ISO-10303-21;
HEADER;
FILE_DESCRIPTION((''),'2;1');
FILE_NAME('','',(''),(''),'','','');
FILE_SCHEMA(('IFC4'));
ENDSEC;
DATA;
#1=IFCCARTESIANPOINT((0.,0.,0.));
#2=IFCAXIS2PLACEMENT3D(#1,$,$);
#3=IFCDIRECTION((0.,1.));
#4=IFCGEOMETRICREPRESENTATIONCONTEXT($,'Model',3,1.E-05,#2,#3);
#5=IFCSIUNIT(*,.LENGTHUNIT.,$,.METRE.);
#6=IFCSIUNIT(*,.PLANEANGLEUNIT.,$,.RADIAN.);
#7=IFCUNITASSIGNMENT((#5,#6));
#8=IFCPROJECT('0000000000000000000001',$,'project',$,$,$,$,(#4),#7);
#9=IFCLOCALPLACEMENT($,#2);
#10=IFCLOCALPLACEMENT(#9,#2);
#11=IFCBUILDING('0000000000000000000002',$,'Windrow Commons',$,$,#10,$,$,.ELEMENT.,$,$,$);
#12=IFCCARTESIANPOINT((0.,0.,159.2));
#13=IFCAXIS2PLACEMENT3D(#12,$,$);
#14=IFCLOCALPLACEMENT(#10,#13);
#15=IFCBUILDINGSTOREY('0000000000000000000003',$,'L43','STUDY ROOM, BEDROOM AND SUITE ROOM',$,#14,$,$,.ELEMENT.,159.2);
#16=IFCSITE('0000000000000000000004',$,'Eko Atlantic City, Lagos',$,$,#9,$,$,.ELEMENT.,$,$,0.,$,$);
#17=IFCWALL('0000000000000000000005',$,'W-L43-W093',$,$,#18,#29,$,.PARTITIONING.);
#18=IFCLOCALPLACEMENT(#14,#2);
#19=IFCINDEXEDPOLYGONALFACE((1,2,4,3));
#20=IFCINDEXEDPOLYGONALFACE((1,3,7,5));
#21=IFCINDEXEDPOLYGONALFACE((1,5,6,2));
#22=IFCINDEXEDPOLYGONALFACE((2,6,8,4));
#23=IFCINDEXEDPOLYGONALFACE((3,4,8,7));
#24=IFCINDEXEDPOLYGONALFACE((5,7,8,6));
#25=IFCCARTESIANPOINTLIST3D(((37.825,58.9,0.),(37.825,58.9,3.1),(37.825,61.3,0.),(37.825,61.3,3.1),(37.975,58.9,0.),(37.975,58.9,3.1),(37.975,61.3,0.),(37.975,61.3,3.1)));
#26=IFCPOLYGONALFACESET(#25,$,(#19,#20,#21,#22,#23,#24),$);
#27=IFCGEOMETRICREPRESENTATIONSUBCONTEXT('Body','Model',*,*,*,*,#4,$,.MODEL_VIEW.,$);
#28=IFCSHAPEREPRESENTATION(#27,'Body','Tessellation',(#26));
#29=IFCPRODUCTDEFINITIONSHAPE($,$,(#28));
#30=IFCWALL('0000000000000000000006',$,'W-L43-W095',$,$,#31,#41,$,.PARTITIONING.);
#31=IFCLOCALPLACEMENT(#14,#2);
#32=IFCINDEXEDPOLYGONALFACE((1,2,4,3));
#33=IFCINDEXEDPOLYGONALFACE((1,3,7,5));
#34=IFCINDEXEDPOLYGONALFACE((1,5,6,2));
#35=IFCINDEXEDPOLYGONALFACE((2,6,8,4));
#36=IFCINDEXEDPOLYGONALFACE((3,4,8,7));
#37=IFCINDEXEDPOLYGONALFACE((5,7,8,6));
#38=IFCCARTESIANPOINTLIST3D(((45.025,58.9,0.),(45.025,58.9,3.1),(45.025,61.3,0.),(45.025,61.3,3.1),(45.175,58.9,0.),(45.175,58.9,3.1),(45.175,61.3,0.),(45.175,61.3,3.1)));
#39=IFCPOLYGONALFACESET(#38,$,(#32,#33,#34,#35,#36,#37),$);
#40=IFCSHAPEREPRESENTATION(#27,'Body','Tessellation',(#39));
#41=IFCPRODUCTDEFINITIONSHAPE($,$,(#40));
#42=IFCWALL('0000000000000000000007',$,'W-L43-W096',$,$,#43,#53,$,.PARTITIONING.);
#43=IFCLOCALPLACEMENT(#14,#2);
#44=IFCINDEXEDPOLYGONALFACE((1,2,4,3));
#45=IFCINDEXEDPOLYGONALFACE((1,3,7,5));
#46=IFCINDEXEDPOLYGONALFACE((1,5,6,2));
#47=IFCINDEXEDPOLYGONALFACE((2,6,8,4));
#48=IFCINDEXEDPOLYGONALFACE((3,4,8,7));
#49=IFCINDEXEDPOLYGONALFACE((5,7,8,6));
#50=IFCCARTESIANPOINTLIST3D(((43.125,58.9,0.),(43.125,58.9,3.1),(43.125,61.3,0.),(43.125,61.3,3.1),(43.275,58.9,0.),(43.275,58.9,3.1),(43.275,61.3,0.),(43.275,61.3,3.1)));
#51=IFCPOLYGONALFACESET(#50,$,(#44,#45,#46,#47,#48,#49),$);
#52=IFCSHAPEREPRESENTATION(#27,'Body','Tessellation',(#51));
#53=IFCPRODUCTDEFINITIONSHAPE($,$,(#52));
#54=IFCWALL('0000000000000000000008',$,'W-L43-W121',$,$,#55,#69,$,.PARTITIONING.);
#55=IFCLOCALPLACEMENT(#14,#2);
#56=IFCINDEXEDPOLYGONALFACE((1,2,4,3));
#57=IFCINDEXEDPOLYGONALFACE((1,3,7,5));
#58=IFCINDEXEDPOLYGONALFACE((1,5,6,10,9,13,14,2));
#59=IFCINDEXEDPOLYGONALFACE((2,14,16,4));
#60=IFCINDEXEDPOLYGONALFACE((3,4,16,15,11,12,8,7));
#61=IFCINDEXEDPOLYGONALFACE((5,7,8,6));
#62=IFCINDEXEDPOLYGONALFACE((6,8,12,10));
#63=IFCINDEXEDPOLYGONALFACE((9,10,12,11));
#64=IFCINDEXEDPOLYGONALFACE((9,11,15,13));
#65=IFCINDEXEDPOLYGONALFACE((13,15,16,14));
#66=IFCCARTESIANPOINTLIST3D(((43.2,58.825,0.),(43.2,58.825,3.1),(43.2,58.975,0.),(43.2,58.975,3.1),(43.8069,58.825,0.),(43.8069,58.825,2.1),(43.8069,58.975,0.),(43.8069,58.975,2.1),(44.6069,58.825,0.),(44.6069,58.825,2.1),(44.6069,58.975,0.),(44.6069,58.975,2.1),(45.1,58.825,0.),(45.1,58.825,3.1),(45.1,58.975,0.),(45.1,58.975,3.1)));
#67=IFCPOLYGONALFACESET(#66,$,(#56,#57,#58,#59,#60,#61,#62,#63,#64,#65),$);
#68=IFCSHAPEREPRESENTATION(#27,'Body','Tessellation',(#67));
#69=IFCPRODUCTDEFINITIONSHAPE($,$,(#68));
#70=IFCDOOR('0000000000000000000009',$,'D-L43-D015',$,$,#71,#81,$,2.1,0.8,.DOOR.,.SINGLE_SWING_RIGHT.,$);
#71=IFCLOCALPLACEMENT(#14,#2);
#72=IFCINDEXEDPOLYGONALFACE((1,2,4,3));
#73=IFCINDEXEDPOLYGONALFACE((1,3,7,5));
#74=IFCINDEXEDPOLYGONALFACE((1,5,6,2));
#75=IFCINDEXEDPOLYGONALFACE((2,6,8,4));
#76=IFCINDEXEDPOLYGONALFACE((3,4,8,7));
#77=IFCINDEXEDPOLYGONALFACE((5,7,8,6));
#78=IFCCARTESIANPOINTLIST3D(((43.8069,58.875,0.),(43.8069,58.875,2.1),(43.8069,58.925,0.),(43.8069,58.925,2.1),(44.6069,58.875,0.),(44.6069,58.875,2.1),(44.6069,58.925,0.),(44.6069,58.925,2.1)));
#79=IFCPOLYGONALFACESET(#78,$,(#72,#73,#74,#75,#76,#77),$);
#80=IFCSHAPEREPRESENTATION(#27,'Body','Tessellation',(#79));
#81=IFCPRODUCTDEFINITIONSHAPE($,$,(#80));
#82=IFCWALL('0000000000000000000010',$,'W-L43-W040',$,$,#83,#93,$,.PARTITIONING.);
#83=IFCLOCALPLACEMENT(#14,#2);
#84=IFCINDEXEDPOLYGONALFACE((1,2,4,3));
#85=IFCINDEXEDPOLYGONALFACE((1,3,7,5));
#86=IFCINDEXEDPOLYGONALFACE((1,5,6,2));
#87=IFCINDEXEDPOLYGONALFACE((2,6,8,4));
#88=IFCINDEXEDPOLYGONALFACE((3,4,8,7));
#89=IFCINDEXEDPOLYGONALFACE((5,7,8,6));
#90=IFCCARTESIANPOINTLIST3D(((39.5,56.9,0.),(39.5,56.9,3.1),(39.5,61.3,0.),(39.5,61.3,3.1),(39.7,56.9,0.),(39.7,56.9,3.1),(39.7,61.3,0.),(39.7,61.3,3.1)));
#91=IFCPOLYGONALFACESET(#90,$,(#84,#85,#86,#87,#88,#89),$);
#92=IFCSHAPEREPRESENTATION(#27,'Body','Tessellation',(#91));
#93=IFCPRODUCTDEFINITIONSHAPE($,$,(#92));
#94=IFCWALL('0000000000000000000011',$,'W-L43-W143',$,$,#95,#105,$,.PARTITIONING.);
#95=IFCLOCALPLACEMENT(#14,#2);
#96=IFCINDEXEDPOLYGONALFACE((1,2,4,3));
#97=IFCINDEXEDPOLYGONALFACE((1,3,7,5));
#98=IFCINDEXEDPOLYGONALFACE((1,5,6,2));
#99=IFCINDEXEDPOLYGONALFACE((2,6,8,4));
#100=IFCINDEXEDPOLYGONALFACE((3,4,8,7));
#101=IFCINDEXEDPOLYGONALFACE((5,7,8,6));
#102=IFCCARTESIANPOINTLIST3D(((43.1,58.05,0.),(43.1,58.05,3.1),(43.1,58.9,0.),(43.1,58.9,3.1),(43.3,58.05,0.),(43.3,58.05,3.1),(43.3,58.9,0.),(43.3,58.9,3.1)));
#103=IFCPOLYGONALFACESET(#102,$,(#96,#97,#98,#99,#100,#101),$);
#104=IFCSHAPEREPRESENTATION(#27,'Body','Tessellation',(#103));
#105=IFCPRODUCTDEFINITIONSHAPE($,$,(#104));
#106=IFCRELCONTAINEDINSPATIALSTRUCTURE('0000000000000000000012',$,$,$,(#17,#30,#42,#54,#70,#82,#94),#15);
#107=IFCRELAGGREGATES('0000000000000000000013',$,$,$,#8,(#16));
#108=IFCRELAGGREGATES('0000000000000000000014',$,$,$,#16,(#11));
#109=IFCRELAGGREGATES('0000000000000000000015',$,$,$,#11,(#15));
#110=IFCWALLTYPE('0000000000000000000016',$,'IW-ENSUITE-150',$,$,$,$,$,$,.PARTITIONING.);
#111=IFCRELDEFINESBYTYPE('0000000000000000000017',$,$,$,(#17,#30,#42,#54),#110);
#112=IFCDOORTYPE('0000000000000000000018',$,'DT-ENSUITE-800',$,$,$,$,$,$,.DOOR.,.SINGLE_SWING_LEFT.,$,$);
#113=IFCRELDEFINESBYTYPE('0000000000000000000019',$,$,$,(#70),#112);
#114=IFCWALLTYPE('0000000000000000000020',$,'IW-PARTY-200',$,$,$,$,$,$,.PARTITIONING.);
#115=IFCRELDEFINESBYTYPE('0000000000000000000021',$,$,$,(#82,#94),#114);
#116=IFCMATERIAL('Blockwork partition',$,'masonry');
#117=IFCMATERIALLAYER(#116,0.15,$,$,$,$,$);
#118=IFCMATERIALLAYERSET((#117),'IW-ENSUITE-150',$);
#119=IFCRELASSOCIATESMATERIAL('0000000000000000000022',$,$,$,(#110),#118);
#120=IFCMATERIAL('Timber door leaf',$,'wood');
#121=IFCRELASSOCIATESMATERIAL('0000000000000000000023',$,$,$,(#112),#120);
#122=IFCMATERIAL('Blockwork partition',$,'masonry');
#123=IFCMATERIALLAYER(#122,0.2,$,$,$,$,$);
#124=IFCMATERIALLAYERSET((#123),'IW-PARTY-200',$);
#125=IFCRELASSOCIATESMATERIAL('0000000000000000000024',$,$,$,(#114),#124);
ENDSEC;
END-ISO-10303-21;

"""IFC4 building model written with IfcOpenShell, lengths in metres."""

from ifc_helpers import new_model, si_unit, direction, frame, frame_2d, origin, place, context, subcontext, project, spatial, rectangle, extrude, material, layer, layer_set, type_object, element, fill, save


model = new_model("IFC4")

# Units and contexts
model_context = context("Model", 3, precision=1e-05, world=origin(), true_north=direction((0.0, 1.0)))
body_context = subcontext(model_context, "Body", "Model", "MODEL_VIEW")
ifc_project = project(units=[si_unit("LENGTHUNIT", "METRE"), si_unit("PLANEANGLEUNIT", "RADIAN")], contexts=[model_context])

# Site, building, storey
site_placement = place(None, origin())
site = spatial("IfcSite", under=ifc_project, at=site_placement, Name="Eko Atlantic City, Lagos", CompositionType="ELEMENT", RefElevation=0.0)
building_placement = place(site_placement, origin())
building = spatial("IfcBuilding", under=site, at=building_placement, Name="Windrow Commons", CompositionType="ELEMENT")
storey_placement = place(building_placement, frame((0.0, 0.0, 159.2)))
storey = spatial("IfcBuildingStorey", under=building, at=storey_placement, Name="L43", Description="STUDY ROOM, BEDROOM AND SUITE ROOM", CompositionType="ELEMENT", Elevation=159.2)

# Walls
ifc_material_1 = material(Name="Blockwork partition", Category="masonry")
ifc_layer_1 = layer(ifc_material_1, 0.15)
ifc_layer_set_1 = layer_set([ifc_layer_1], Name="IW-ENSUITE-150")
wall_type_1 = type_object("IfcWallType", Name="IW-ENSUITE-150", PredefinedType="PARTITIONING", material=ifc_layer_set_1)
for number, where, z_axis, x_axis, name in (
    (1, (37.9, 58.9, 0.0), (0.0, 0.0, 1.0), (0.0, 1.0, 0.0), "W-L43-W093"),
    (2, (45.1, 58.9, 0.0), (0.0, 0.0, 1.0), (0.0, 1.0, 0.0), "W-L43-W095"),
    (3, (43.2, 58.9, 0.0), (0.0, 0.0, 1.0), (0.0, 1.0, 0.0), "W-L43-W096"),
):
    element("IfcWall", number, at=place(storey_placement, frame(where, z_axis=z_axis, x_axis=x_axis)), inside=storey, type_object=wall_type_1, Name=name, PredefinedType="PARTITIONING", context=body_context, shape_type="SweptSolid", body=[
        extrude(rectangle(XDim=2.4, YDim=0.15, at=frame_2d((1.2, 0.0))), origin(), (0.0, 0.0, 1.0), 3.1),
    ])

# Wall, opening, door
wall_1_placement = place(storey_placement, frame((43.2, 58.9, 0.0), z_axis=(0.0, 0.0, 1.0), x_axis=(1.0, 0.0, 0.0)))
wall_1 = element("IfcWall", 4, at=wall_1_placement, inside=storey, type_object=wall_type_1, Name="W-L43-W121", PredefinedType="PARTITIONING", context=body_context, shape_type="SweptSolid", body=[
    extrude(rectangle(XDim=1.9, YDim=0.15, at=frame_2d((0.95, 0.0))), origin(), (0.0, 0.0, 1.0), 3.1),
])
opening_1_placement = place(wall_1_placement, frame((0.6069, 0.0, 0.0)))
opening_1 = element("IfcOpeningElement", 5, at=opening_1_placement, cuts=wall_1, PredefinedType="OPENING", context=body_context, shape_type="SweptSolid", body=[
    extrude(rectangle(XDim=0.8, YDim=2.1, at=frame_2d((0.4, 1.05))), frame((0.0, 0.085, 0.0), z_axis=(0.0, -1.0, 0.0), x_axis=(1.0, 0.0, 0.0)), (0.0, 0.0, 1.0), 0.17),
])
ifc_material_2 = material(Name="Timber door leaf", Category="wood")
door_type_1 = type_object("IfcDoorType", Name="DT-ENSUITE-800", OperationType="SINGLE_SWING_LEFT", PredefinedType="DOOR", material=ifc_material_2)
door_1_placement = place(opening_1_placement, origin())
door_1 = element("IfcDoor", 6, at=door_1_placement, inside=storey, type_object=door_type_1, Name="D-L43-D015", OperationType="SINGLE_SWING_RIGHT", OverallHeight=2.1, OverallWidth=0.8, PredefinedType="DOOR", context=body_context, shape_type="SweptSolid", body=[
    extrude(rectangle(XDim=0.8, YDim=2.1, at=frame_2d((0.4, 1.05))), frame((0.0, 0.025, 0.0), z_axis=(0.0, -1.0, 0.0), x_axis=(1.0, 0.0, 0.0)), (0.0, 0.0, 1.0), 0.05),
])
fill(opening_1, door_1)

# Walls
ifc_material_3 = material(Name="Blockwork partition", Category="masonry")
ifc_layer_2 = layer(ifc_material_3, 0.2)
ifc_layer_set_2 = layer_set([ifc_layer_2], Name="IW-PARTY-200")
wall_type_2 = type_object("IfcWallType", Name="IW-PARTY-200", PredefinedType="PARTITIONING", material=ifc_layer_set_2)
wall_2_placement = place(storey_placement, frame((39.6, 56.9, 0.0), z_axis=(0.0, 0.0, 1.0), x_axis=(0.0, 1.0, 0.0)))
element("IfcWall", 7, at=wall_2_placement, inside=storey, type_object=wall_type_2, Name="W-L43-W040", PredefinedType="PARTITIONING", context=body_context, shape_type="SweptSolid", body=[
    extrude(rectangle(XDim=4.4, YDim=0.2, at=frame_2d((2.2, 0.0))), origin(), (0.0, 0.0, 1.0), 3.1),
])
wall_3_placement = place(storey_placement, frame((43.2, 58.05, 0.0), z_axis=(0.0, 0.0, 1.0), x_axis=(0.0, 1.0, 0.0)))
element("IfcWall", 8, at=wall_3_placement, inside=storey, type_object=wall_type_2, Name="W-L43-W143", PredefinedType="PARTITIONING", context=body_context, shape_type="SweptSolid", body=[
    extrude(rectangle(XDim=0.85, YDim=0.2, at=frame_2d((0.425, 0.0))), origin(), (0.0, 0.0, 1.0), 3.1),
])

save(model, "model.ifc")
